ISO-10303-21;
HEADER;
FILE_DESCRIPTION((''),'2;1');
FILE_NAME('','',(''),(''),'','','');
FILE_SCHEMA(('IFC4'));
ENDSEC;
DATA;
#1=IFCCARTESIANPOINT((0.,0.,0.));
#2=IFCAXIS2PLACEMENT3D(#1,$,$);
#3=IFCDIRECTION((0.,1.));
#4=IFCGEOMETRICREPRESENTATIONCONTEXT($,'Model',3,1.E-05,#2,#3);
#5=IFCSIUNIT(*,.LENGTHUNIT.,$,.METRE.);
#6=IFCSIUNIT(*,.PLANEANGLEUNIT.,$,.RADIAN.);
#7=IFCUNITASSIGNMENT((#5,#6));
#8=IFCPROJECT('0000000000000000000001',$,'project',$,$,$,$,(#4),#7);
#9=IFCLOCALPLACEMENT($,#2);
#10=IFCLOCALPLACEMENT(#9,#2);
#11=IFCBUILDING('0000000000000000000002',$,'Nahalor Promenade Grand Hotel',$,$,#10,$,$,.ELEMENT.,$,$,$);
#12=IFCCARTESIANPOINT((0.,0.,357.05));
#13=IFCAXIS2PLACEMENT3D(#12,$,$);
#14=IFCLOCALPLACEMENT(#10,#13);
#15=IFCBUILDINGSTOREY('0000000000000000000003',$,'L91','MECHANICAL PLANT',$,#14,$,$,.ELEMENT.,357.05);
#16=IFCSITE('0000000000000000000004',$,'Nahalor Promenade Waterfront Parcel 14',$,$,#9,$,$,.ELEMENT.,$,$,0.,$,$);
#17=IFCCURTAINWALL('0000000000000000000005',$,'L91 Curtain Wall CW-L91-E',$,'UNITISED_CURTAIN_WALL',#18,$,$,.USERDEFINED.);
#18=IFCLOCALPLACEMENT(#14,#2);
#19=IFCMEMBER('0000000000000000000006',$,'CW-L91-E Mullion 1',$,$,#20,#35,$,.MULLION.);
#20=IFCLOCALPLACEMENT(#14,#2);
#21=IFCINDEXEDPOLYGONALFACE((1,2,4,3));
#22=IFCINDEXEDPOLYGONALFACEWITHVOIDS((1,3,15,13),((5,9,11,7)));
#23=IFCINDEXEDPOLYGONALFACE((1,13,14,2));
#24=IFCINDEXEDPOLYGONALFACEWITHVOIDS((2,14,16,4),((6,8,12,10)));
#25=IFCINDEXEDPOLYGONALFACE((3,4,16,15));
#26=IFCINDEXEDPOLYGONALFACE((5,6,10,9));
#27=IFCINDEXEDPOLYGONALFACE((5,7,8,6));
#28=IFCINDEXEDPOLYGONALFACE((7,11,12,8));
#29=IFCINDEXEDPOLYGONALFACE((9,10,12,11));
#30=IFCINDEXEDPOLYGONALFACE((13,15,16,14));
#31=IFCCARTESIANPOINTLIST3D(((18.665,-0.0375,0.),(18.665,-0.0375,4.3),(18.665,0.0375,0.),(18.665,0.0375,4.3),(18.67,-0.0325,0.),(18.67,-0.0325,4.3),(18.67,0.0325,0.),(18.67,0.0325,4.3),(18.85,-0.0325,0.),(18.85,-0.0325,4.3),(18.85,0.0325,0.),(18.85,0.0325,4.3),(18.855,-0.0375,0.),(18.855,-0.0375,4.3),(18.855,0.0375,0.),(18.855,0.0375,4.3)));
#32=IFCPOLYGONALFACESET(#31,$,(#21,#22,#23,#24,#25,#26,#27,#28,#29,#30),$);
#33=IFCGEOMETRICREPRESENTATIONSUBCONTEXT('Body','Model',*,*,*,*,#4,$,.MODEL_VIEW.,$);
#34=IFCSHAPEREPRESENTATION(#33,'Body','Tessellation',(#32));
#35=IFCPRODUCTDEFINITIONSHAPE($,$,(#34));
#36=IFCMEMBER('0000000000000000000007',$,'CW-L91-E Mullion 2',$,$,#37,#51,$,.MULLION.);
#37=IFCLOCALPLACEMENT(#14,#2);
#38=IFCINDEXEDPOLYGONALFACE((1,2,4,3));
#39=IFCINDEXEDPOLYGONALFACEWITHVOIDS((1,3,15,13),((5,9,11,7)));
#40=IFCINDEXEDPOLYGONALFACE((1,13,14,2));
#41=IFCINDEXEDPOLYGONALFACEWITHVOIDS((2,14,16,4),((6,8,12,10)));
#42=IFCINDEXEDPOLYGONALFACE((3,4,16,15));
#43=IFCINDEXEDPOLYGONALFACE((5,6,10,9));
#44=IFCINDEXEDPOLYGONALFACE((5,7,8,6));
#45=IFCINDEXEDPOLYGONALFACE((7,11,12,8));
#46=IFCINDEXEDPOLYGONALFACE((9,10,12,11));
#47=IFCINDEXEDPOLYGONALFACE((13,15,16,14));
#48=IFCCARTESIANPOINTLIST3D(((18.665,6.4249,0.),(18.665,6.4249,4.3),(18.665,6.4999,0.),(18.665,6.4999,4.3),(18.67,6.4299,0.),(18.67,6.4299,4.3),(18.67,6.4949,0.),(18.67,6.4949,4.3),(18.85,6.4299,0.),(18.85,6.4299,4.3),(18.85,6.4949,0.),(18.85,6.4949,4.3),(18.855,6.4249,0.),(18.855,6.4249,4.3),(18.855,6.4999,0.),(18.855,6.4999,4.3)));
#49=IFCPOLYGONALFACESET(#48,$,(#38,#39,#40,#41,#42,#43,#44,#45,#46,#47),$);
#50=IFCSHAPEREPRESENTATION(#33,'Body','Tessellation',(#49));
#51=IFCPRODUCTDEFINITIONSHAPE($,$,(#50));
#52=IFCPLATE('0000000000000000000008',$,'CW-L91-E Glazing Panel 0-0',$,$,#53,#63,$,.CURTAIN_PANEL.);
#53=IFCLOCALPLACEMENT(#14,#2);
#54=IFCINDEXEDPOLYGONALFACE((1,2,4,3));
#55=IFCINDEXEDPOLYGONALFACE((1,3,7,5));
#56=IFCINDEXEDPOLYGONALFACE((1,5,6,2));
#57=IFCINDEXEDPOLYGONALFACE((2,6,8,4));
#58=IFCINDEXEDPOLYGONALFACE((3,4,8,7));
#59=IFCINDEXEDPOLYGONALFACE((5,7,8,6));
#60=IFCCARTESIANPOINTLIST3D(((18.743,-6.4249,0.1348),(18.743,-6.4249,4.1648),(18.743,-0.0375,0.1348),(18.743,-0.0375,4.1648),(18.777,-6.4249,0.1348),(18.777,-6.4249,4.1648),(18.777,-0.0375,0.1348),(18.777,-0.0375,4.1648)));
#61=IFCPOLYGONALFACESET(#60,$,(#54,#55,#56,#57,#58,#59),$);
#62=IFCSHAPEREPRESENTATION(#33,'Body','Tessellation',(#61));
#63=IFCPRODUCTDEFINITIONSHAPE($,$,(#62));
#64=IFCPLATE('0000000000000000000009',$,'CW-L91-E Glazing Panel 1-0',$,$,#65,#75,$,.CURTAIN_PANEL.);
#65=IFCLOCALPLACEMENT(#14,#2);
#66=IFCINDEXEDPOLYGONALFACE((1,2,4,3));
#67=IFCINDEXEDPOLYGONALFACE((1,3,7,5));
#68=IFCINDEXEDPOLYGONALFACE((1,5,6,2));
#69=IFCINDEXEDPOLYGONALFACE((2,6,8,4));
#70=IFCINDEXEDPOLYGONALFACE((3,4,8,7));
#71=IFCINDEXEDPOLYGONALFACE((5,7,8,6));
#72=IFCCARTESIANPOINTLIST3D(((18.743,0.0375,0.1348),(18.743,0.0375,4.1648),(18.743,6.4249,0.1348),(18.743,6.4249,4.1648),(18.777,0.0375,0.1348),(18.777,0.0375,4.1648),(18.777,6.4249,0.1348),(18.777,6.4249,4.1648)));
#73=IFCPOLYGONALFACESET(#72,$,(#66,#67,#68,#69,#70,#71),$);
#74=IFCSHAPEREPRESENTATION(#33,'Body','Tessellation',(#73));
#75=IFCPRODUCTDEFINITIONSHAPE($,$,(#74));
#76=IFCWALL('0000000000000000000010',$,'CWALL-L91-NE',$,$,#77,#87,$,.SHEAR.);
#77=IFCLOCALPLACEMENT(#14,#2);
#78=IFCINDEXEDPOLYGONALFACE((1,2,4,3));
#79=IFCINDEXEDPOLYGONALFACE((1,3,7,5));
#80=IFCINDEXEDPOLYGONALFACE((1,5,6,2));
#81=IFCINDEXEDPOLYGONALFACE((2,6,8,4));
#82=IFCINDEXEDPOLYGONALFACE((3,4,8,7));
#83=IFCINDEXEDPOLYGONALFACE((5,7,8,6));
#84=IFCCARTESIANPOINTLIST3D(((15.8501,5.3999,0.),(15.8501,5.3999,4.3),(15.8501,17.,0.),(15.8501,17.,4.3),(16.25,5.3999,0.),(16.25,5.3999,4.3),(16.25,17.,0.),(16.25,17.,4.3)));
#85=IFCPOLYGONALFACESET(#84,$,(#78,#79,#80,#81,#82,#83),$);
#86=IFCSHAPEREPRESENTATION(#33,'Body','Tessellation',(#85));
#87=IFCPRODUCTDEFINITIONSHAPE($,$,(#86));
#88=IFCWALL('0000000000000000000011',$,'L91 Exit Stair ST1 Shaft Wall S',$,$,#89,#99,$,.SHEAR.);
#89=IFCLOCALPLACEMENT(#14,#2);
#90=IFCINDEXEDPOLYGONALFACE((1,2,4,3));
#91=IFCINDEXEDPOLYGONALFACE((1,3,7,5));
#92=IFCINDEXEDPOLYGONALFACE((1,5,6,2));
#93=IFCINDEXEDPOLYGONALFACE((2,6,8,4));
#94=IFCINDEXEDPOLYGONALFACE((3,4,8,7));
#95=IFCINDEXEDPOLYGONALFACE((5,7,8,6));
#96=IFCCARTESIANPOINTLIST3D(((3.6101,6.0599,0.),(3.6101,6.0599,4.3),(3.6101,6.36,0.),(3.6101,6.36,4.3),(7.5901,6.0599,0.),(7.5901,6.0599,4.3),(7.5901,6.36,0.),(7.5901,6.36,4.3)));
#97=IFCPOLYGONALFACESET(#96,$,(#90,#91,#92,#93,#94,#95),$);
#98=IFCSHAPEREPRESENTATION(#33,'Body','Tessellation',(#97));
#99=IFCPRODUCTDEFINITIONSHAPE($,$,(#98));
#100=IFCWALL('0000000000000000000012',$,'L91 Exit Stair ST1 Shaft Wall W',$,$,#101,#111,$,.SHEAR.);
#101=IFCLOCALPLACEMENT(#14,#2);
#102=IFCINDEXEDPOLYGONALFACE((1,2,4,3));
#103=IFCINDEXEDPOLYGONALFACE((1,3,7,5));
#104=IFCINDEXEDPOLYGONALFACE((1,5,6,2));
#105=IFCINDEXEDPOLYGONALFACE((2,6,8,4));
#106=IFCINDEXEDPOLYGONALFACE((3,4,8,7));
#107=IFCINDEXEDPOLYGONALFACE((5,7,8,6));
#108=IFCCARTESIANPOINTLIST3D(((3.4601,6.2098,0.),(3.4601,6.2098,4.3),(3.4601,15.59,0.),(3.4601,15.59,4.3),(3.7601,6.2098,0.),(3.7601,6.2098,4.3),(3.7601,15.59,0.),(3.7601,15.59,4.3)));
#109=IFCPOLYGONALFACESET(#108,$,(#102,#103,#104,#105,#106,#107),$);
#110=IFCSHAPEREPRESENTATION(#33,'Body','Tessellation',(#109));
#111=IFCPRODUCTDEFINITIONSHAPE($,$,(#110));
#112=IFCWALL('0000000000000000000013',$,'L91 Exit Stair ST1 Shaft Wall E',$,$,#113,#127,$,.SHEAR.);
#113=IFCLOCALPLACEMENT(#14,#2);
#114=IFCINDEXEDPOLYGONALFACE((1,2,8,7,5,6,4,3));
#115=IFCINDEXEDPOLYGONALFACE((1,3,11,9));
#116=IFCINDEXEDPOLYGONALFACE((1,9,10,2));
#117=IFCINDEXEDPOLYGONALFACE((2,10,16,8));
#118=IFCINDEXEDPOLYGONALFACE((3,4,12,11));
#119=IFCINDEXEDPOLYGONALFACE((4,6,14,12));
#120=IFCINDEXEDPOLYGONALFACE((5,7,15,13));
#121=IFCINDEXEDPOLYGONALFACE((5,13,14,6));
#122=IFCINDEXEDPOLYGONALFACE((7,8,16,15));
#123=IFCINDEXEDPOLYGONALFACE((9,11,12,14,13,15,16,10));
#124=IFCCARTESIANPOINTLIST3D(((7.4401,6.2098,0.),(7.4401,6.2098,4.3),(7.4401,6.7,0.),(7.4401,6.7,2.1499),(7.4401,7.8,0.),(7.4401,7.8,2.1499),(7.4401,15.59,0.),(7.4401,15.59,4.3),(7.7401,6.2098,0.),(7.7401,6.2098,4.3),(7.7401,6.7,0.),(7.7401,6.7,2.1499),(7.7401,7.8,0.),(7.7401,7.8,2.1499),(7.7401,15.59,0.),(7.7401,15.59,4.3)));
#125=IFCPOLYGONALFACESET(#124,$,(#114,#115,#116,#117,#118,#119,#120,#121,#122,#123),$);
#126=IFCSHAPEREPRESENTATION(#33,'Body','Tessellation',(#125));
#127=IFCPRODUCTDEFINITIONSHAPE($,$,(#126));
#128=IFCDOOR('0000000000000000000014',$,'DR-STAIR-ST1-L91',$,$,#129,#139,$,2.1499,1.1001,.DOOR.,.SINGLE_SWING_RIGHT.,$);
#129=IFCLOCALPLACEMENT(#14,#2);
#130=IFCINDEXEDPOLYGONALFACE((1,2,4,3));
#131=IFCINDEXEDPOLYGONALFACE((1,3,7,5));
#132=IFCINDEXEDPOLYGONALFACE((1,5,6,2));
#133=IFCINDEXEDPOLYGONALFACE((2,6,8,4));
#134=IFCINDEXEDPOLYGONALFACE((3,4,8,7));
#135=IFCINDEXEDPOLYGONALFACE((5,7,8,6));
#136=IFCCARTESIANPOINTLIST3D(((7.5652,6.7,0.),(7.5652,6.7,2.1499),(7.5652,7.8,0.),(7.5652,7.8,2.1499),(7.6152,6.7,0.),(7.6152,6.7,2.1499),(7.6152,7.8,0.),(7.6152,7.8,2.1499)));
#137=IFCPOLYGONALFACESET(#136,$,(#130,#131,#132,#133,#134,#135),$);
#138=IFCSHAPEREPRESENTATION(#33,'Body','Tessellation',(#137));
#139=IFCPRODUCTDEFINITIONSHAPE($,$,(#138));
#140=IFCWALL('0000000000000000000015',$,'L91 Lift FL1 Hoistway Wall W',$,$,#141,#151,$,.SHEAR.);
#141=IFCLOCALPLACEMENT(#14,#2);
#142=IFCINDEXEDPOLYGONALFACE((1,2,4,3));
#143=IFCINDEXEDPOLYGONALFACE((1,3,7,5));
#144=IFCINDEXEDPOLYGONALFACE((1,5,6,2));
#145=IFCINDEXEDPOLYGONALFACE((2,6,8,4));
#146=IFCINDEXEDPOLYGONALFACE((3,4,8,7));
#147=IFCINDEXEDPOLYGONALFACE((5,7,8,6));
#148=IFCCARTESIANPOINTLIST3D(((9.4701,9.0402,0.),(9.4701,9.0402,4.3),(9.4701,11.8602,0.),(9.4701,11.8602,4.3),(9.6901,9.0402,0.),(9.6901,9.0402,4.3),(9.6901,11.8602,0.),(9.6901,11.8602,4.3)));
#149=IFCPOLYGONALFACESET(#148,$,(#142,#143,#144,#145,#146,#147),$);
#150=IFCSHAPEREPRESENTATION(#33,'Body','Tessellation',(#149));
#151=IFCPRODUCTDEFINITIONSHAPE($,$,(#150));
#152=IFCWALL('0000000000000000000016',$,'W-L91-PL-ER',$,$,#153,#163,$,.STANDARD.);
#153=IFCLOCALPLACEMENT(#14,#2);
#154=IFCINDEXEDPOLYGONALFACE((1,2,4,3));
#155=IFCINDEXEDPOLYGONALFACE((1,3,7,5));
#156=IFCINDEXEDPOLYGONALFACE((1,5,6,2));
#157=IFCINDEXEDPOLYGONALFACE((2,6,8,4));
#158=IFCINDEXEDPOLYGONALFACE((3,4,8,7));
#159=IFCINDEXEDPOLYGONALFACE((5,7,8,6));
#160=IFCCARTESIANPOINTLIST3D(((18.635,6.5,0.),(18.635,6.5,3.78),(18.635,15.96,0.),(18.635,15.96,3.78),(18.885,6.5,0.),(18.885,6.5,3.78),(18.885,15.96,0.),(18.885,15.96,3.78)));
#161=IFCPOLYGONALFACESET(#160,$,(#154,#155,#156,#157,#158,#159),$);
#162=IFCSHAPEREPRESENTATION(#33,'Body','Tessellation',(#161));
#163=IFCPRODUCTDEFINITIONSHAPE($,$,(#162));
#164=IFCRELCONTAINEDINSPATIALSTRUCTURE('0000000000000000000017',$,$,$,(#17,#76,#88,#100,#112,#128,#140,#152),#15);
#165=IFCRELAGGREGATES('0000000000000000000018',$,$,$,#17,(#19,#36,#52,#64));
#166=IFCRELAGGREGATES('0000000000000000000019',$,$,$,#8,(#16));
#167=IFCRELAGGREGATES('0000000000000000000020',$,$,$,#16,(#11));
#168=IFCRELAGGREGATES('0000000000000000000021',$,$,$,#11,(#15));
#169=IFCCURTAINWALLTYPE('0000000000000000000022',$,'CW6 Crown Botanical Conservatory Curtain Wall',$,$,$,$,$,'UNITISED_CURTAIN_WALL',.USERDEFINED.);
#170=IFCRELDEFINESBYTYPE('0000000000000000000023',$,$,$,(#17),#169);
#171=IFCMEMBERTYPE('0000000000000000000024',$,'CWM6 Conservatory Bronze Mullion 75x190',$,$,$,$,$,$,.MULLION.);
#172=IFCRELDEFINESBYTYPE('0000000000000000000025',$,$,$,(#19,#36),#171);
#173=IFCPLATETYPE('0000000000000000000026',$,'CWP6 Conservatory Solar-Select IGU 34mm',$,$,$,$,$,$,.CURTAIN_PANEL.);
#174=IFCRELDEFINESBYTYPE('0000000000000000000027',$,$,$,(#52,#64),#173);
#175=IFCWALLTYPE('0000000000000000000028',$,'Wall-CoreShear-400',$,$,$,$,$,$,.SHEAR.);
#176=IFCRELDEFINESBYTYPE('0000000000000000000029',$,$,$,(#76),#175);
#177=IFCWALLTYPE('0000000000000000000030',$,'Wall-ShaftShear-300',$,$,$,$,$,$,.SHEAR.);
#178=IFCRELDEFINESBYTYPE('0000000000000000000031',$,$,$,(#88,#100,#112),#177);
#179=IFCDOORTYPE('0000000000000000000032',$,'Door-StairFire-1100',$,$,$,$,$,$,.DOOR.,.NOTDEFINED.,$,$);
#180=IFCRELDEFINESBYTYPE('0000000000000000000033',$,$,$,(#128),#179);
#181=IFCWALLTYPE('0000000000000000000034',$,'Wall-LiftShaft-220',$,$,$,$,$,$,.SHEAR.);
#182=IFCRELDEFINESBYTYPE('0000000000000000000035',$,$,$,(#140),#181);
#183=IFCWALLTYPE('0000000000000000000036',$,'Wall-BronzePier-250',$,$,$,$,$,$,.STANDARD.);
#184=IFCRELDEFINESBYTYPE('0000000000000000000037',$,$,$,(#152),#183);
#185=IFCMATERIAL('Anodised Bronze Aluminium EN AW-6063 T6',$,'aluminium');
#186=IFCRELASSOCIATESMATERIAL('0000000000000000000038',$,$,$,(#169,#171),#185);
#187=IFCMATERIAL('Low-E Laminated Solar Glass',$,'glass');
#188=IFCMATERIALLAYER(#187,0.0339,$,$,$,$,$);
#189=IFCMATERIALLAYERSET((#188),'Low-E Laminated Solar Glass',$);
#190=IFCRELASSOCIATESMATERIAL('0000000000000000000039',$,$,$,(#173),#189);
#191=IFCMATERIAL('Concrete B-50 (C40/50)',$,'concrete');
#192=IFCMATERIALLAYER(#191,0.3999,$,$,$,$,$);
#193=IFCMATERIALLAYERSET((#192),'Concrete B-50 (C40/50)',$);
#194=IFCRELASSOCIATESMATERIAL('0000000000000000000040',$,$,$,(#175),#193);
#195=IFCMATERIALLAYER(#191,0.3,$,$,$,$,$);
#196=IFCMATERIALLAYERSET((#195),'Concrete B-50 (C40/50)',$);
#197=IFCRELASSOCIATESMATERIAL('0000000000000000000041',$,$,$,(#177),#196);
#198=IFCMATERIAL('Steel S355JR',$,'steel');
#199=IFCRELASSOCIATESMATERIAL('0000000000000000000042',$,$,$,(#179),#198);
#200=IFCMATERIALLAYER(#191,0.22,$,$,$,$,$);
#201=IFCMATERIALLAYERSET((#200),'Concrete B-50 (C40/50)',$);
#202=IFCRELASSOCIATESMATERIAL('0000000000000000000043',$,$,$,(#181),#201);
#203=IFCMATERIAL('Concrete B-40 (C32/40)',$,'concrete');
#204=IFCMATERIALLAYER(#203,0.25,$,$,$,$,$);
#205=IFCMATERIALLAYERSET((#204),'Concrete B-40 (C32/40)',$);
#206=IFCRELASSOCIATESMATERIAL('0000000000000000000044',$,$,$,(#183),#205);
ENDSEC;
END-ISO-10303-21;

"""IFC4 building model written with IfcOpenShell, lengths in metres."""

from ifc_helpers import new_model, si_unit, direction, frame, frame_2d, origin, origin_2d, place, context, subcontext, project, spatial, rectangle, hollow_rectangle, extrude, source, transform, mapped, material, layer, layer_set, material_profile, profile_set, type_object, element, fill, aggregate, save


model = new_model("IFC4")

# Units and contexts
model_context = context("Model", 3, precision=1e-05, world=origin(), true_north=direction((0.0, 1.0)))
body_context = subcontext(model_context, "Body", "Model", "MODEL_VIEW")
ifc_project = project(units=[si_unit("LENGTHUNIT", "METRE"), si_unit("PLANEANGLEUNIT", "RADIAN")], contexts=[model_context])

# Site, building, storey
site_placement = place(None, origin())
site = spatial("IfcSite", under=ifc_project, at=site_placement, Name="Nahalor Promenade Waterfront Parcel 14", CompositionType="ELEMENT", RefElevation=0.0)
building_placement = place(site_placement, origin())
building = spatial("IfcBuilding", under=site, at=building_placement, Name="Nahalor Promenade Grand Hotel", CompositionType="ELEMENT")
storey_placement = place(building_placement, frame((0.0, 0.0, 357.05)))
storey = spatial("IfcBuildingStorey", under=building, at=storey_placement, Name="L91", Description="MECHANICAL PLANT", CompositionType="ELEMENT", Elevation=357.05)

# Shared definitions
ifc_material_1 = material(Name="Steel S355JR", Category="steel")

# Curtain wall, members, plates
ifc_material_2 = material(Name="Anodised Bronze Aluminium EN AW-6063 T6", Category="aluminium")
curtain_wall_type = type_object("IfcCurtainWallType", Name="CW6 Crown Botanical Conservatory Curtain Wall", ElementType="UNITISED_CURTAIN_WALL", PredefinedType="USERDEFINED", material=ifc_material_2)
curtain_wall_placement = place(storey_placement, origin())
curtain_wall = element("IfcCurtainWall", 1, at=curtain_wall_placement, inside=storey, type_object=curtain_wall_type, Name="L91 Curtain Wall CW-L91-E", ObjectType="UNITISED_CURTAIN_WALL", PredefinedType="USERDEFINED")
ifc_material_profile_1 = material_profile(ifc_material_2, hollow_rectangle(XDim=0.075, YDim=0.19, WallThickness=0.005, at=origin_2d()), Name="CWM 75x190x5")
ifc_profile_set_1 = profile_set([ifc_material_profile_1], Name="Anodised Bronze Aluminium EN AW-6063 T6")
member_type_1 = type_object("IfcMemberType", Name="CWM6 Conservatory Bronze Mullion 75x190", PredefinedType="MULLION", material=ifc_profile_set_1)
shared_shape_1 = source(origin(), body_context, "Body", "SweptSolid", [
    extrude(hollow_rectangle(XDim=0.075, YDim=0.19, WallThickness=0.005, at=origin_2d()), origin(), (0.0, 0.0, 1.0), 4.3),
])
member_1_placement = place(storey_placement, frame((18.76, 0.0, 0.0), z_axis=(0.0, 0.0, 1.0), x_axis=(0.0, 1.0, 0.0)))
member_1 = element("IfcMember", 2, at=member_1_placement, type_object=member_type_1, Name="CW-L91-E Mullion 1", PredefinedType="MULLION", context=body_context, shape_type="MappedRepresentation", body=[
    mapped(shared_shape_1, transform((0.0, 0.0, 0.0), scale=1.0)),
])
member_2_placement = place(storey_placement, frame((18.76, 6.4624, 0.0), z_axis=(0.0, 0.0, 1.0), x_axis=(0.0, 1.0, 0.0)))
member_2 = element("IfcMember", 3, at=member_2_placement, type_object=member_type_1, Name="CW-L91-E Mullion 2", PredefinedType="MULLION", context=body_context, shape_type="MappedRepresentation", body=[
    mapped(shared_shape_1, transform((0.0, 0.0, 0.0), scale=1.0)),
])
ifc_material_3 = material(Name="Low-E Laminated Solar Glass", Category="glass")
ifc_layer_1 = layer(ifc_material_3, 0.0339)
ifc_layer_set_1 = layer_set([ifc_layer_1], Name="Low-E Laminated Solar Glass")
plate_type = type_object("IfcPlateType", Name="CWP6 Conservatory Solar-Select IGU 34mm", PredefinedType="CURTAIN_PANEL", material=ifc_layer_set_1)
shared_shape_2 = source(origin(), body_context, "Body", "SweptSolid", [
    extrude(rectangle(XDim=6.3875, YDim=0.0339, at=origin_2d()), origin(), (0.0, 0.0, 1.0), 4.03),
])
plate_1_placement = place(storey_placement, frame((18.76, -3.2312, 0.1348), z_axis=(0.0, 0.0, 1.0), x_axis=(0.0, 1.0, 0.0)))
plate_1 = element("IfcPlate", 4, at=plate_1_placement, type_object=plate_type, Name="CW-L91-E Glazing Panel 0-0", PredefinedType="CURTAIN_PANEL", context=body_context, shape_type="MappedRepresentation", body=[
    mapped(shared_shape_2, transform((0.0, 0.0, 0.0), scale=1.0)),
])
plate_2_placement = place(storey_placement, frame((18.76, 3.2312, 0.1348), z_axis=(0.0, 0.0, 1.0), x_axis=(0.0, 1.0, 0.0)))
plate_2 = element("IfcPlate", 5, at=plate_2_placement, type_object=plate_type, Name="CW-L91-E Glazing Panel 1-0", PredefinedType="CURTAIN_PANEL", context=body_context, shape_type="MappedRepresentation", body=[
    mapped(shared_shape_2, transform((0.0, 0.0, 0.0), scale=1.0)),
])
aggregate(curtain_wall, [member_1, member_2, plate_1, plate_2])

# Walls
ifc_material_4 = material(Name="Concrete B-50 (C40/50)", Category="concrete")
ifc_layer_2 = layer(ifc_material_4, 0.3999)
ifc_layer_set_2 = layer_set([ifc_layer_2], Name="Concrete B-50 (C40/50)")
wall_type_1 = type_object("IfcWallType", Name="Wall-CoreShear-400", PredefinedType="SHEAR", material=ifc_layer_set_2)
shared_shape_3 = source(origin(), body_context, "Body", "SweptSolid", [
    extrude(rectangle(XDim=11.6001, YDim=0.3999, at=frame_2d((5.8, 0.0))), origin(), (0.0, 0.0, 1.0), 4.3),
])
wall_1_placement = place(storey_placement, frame((16.05, 5.3999, 0.0), z_axis=(0.0, 0.0, 1.0), x_axis=(0.0, 1.0, 0.0)))
element("IfcWall", 6, at=wall_1_placement, inside=storey, type_object=wall_type_1, Name="CWALL-L91-NE", PredefinedType="SHEAR", context=body_context, shape_type="MappedRepresentation", body=[
    mapped(shared_shape_3, transform((0.0, 0.0, 0.0), scale=1.0)),
])
ifc_layer_3 = layer(ifc_material_4, 0.3)
ifc_layer_set_3 = layer_set([ifc_layer_3], Name="Concrete B-50 (C40/50)")
wall_type_2 = type_object("IfcWallType", Name="Wall-ShaftShear-300", PredefinedType="SHEAR", material=ifc_layer_set_3)
shared_shape_4 = source(origin(), body_context, "Body", "SweptSolid", [
    extrude(rectangle(XDim=3.98, YDim=0.3, at=frame_2d((1.99, 0.0))), origin(), (0.0, 0.0, 1.0), 4.3),
])
wall_2_placement = place(storey_placement, frame((3.6101, 6.21, 0.0), z_axis=(0.0, 0.0, 1.0), x_axis=(1.0, 0.0, 0.0)))
element("IfcWall", 7, at=wall_2_placement, inside=storey, type_object=wall_type_2, Name="L91 Exit Stair ST1 Shaft Wall S", PredefinedType="SHEAR", context=body_context, shape_type="MappedRepresentation", body=[
    mapped(shared_shape_4, transform((0.0, 0.0, 0.0), scale=1.0)),
])
shared_shape_5 = source(origin(), body_context, "Body", "SweptSolid", [
    extrude(rectangle(XDim=9.3801, YDim=0.3, at=frame_2d((4.6899, 0.0))), origin(), (0.0, 0.0, 1.0), 4.3),
])
wall_3_placement = place(storey_placement, frame((3.6101, 6.21, 0.0), z_axis=(0.0, 0.0, 1.0), x_axis=(0.0, 1.0, 0.0)))
element("IfcWall", 8, at=wall_3_placement, inside=storey, type_object=wall_type_2, Name="L91 Exit Stair ST1 Shaft Wall W", PredefinedType="SHEAR", context=body_context, shape_type="MappedRepresentation", body=[
    mapped(shared_shape_5, transform((0.0, 0.0, 0.0), scale=1.0)),
])

# Wall, opening, door
wall_4_placement = place(storey_placement, frame((7.5901, 6.21, 0.0), z_axis=(0.0, 0.0, 1.0), x_axis=(0.0, 1.0, 0.0)))
wall_4 = element("IfcWall", 9, at=wall_4_placement, inside=storey, type_object=wall_type_2, Name="L91 Exit Stair ST1 Shaft Wall E", PredefinedType="SHEAR", context=body_context, shape_type="MappedRepresentation", body=[
    mapped(shared_shape_5, transform((0.0, 0.0, 0.0), scale=1.0)),
])
opening_1_placement = place(wall_4_placement, frame((0.49, 0.0, 0.0)))
opening_1 = element("IfcOpeningElement", 10, at=opening_1_placement, cuts=wall_4, PredefinedType="OPENING", context=body_context, shape_type="SweptSolid", body=[
    extrude(rectangle(XDim=1.1001, YDim=2.1499, at=frame_2d((0.55, 1.075))), frame((0.0, 0.1599, 0.0), z_axis=(0.0, -1.0, 0.0), x_axis=(1.0, 0.0, 0.0)), (0.0, 0.0, 1.0), 0.3201),
])
door_type_1 = type_object("IfcDoorType", Name="Door-StairFire-1100", OperationType="NOTDEFINED", PredefinedType="DOOR", material=ifc_material_1)
shared_shape_6 = source(origin(), body_context, "Body", "SweptSolid", [
    extrude(rectangle(XDim=1.1001, YDim=2.1499, at=frame_2d((0.55, 1.075))), frame((0.0, 0.0249, 0.0), z_axis=(0.0, -1.0, 0.0), x_axis=(1.0, 0.0, 0.0)), (0.0, 0.0, 1.0), 0.05),
])
door_1_placement = place(opening_1_placement, origin())
door_1 = element("IfcDoor", 11, at=door_1_placement, inside=storey, type_object=door_type_1, Name="DR-STAIR-ST1-L91", OperationType="SINGLE_SWING_RIGHT", OverallHeight=2.1499, OverallWidth=1.1001, PredefinedType="DOOR", context=body_context, shape_type="MappedRepresentation", body=[
    mapped(shared_shape_6, transform((0.0, 0.0, 0.0), scale=1.0)),
])
fill(opening_1, door_1)

# Walls
ifc_layer_4 = layer(ifc_material_4, 0.22)
ifc_layer_set_4 = layer_set([ifc_layer_4], Name="Concrete B-50 (C40/50)")
wall_type_3 = type_object("IfcWallType", Name="Wall-LiftShaft-220", PredefinedType="SHEAR", material=ifc_layer_set_4)
shared_shape_7 = source(origin(), body_context, "Body", "SweptSolid", [
    extrude(rectangle(XDim=2.8201, YDim=0.22, at=frame_2d((1.4102, 0.0))), origin(), (0.0, 0.0, 1.0), 4.3),
])
wall_5_placement = place(storey_placement, frame((9.5801, 9.04, 0.0), z_axis=(0.0, 0.0, 1.0), x_axis=(0.0, 1.0, 0.0)))
element("IfcWall", 12, at=wall_5_placement, inside=storey, type_object=wall_type_3, Name="L91 Lift FL1 Hoistway Wall W", PredefinedType="SHEAR", context=body_context, shape_type="MappedRepresentation", body=[
    mapped(shared_shape_7, transform((0.0, 0.0, 0.0), scale=1.0)),
])
ifc_material_5 = material(Name="Concrete B-40 (C32/40)", Category="concrete")
ifc_layer_5 = layer(ifc_material_5, 0.25)
ifc_layer_set_5 = layer_set([ifc_layer_5], Name="Concrete B-40 (C32/40)")
wall_type_4 = type_object("IfcWallType", Name="Wall-BronzePier-250", PredefinedType="STANDARD", material=ifc_layer_set_5)
shared_shape_8 = source(origin(), body_context, "Body", "SweptSolid", [
    extrude(rectangle(XDim=9.46, YDim=0.25, at=frame_2d((4.73, 0.0))), origin(), (0.0, 0.0, 1.0), 3.78),
])
wall_6_placement = place(storey_placement, frame((18.76, 6.5, 0.0), z_axis=(0.0, 0.0, 1.0), x_axis=(0.0, 1.0, 0.0)))
element("IfcWall", 13, at=wall_6_placement, inside=storey, type_object=wall_type_4, Name="W-L91-PL-ER", PredefinedType="STANDARD", context=body_context, shape_type="MappedRepresentation", body=[
    mapped(shared_shape_8, transform((0.0, 0.0, 0.0), scale=1.0)),
])

save(model, "model.ifc")
